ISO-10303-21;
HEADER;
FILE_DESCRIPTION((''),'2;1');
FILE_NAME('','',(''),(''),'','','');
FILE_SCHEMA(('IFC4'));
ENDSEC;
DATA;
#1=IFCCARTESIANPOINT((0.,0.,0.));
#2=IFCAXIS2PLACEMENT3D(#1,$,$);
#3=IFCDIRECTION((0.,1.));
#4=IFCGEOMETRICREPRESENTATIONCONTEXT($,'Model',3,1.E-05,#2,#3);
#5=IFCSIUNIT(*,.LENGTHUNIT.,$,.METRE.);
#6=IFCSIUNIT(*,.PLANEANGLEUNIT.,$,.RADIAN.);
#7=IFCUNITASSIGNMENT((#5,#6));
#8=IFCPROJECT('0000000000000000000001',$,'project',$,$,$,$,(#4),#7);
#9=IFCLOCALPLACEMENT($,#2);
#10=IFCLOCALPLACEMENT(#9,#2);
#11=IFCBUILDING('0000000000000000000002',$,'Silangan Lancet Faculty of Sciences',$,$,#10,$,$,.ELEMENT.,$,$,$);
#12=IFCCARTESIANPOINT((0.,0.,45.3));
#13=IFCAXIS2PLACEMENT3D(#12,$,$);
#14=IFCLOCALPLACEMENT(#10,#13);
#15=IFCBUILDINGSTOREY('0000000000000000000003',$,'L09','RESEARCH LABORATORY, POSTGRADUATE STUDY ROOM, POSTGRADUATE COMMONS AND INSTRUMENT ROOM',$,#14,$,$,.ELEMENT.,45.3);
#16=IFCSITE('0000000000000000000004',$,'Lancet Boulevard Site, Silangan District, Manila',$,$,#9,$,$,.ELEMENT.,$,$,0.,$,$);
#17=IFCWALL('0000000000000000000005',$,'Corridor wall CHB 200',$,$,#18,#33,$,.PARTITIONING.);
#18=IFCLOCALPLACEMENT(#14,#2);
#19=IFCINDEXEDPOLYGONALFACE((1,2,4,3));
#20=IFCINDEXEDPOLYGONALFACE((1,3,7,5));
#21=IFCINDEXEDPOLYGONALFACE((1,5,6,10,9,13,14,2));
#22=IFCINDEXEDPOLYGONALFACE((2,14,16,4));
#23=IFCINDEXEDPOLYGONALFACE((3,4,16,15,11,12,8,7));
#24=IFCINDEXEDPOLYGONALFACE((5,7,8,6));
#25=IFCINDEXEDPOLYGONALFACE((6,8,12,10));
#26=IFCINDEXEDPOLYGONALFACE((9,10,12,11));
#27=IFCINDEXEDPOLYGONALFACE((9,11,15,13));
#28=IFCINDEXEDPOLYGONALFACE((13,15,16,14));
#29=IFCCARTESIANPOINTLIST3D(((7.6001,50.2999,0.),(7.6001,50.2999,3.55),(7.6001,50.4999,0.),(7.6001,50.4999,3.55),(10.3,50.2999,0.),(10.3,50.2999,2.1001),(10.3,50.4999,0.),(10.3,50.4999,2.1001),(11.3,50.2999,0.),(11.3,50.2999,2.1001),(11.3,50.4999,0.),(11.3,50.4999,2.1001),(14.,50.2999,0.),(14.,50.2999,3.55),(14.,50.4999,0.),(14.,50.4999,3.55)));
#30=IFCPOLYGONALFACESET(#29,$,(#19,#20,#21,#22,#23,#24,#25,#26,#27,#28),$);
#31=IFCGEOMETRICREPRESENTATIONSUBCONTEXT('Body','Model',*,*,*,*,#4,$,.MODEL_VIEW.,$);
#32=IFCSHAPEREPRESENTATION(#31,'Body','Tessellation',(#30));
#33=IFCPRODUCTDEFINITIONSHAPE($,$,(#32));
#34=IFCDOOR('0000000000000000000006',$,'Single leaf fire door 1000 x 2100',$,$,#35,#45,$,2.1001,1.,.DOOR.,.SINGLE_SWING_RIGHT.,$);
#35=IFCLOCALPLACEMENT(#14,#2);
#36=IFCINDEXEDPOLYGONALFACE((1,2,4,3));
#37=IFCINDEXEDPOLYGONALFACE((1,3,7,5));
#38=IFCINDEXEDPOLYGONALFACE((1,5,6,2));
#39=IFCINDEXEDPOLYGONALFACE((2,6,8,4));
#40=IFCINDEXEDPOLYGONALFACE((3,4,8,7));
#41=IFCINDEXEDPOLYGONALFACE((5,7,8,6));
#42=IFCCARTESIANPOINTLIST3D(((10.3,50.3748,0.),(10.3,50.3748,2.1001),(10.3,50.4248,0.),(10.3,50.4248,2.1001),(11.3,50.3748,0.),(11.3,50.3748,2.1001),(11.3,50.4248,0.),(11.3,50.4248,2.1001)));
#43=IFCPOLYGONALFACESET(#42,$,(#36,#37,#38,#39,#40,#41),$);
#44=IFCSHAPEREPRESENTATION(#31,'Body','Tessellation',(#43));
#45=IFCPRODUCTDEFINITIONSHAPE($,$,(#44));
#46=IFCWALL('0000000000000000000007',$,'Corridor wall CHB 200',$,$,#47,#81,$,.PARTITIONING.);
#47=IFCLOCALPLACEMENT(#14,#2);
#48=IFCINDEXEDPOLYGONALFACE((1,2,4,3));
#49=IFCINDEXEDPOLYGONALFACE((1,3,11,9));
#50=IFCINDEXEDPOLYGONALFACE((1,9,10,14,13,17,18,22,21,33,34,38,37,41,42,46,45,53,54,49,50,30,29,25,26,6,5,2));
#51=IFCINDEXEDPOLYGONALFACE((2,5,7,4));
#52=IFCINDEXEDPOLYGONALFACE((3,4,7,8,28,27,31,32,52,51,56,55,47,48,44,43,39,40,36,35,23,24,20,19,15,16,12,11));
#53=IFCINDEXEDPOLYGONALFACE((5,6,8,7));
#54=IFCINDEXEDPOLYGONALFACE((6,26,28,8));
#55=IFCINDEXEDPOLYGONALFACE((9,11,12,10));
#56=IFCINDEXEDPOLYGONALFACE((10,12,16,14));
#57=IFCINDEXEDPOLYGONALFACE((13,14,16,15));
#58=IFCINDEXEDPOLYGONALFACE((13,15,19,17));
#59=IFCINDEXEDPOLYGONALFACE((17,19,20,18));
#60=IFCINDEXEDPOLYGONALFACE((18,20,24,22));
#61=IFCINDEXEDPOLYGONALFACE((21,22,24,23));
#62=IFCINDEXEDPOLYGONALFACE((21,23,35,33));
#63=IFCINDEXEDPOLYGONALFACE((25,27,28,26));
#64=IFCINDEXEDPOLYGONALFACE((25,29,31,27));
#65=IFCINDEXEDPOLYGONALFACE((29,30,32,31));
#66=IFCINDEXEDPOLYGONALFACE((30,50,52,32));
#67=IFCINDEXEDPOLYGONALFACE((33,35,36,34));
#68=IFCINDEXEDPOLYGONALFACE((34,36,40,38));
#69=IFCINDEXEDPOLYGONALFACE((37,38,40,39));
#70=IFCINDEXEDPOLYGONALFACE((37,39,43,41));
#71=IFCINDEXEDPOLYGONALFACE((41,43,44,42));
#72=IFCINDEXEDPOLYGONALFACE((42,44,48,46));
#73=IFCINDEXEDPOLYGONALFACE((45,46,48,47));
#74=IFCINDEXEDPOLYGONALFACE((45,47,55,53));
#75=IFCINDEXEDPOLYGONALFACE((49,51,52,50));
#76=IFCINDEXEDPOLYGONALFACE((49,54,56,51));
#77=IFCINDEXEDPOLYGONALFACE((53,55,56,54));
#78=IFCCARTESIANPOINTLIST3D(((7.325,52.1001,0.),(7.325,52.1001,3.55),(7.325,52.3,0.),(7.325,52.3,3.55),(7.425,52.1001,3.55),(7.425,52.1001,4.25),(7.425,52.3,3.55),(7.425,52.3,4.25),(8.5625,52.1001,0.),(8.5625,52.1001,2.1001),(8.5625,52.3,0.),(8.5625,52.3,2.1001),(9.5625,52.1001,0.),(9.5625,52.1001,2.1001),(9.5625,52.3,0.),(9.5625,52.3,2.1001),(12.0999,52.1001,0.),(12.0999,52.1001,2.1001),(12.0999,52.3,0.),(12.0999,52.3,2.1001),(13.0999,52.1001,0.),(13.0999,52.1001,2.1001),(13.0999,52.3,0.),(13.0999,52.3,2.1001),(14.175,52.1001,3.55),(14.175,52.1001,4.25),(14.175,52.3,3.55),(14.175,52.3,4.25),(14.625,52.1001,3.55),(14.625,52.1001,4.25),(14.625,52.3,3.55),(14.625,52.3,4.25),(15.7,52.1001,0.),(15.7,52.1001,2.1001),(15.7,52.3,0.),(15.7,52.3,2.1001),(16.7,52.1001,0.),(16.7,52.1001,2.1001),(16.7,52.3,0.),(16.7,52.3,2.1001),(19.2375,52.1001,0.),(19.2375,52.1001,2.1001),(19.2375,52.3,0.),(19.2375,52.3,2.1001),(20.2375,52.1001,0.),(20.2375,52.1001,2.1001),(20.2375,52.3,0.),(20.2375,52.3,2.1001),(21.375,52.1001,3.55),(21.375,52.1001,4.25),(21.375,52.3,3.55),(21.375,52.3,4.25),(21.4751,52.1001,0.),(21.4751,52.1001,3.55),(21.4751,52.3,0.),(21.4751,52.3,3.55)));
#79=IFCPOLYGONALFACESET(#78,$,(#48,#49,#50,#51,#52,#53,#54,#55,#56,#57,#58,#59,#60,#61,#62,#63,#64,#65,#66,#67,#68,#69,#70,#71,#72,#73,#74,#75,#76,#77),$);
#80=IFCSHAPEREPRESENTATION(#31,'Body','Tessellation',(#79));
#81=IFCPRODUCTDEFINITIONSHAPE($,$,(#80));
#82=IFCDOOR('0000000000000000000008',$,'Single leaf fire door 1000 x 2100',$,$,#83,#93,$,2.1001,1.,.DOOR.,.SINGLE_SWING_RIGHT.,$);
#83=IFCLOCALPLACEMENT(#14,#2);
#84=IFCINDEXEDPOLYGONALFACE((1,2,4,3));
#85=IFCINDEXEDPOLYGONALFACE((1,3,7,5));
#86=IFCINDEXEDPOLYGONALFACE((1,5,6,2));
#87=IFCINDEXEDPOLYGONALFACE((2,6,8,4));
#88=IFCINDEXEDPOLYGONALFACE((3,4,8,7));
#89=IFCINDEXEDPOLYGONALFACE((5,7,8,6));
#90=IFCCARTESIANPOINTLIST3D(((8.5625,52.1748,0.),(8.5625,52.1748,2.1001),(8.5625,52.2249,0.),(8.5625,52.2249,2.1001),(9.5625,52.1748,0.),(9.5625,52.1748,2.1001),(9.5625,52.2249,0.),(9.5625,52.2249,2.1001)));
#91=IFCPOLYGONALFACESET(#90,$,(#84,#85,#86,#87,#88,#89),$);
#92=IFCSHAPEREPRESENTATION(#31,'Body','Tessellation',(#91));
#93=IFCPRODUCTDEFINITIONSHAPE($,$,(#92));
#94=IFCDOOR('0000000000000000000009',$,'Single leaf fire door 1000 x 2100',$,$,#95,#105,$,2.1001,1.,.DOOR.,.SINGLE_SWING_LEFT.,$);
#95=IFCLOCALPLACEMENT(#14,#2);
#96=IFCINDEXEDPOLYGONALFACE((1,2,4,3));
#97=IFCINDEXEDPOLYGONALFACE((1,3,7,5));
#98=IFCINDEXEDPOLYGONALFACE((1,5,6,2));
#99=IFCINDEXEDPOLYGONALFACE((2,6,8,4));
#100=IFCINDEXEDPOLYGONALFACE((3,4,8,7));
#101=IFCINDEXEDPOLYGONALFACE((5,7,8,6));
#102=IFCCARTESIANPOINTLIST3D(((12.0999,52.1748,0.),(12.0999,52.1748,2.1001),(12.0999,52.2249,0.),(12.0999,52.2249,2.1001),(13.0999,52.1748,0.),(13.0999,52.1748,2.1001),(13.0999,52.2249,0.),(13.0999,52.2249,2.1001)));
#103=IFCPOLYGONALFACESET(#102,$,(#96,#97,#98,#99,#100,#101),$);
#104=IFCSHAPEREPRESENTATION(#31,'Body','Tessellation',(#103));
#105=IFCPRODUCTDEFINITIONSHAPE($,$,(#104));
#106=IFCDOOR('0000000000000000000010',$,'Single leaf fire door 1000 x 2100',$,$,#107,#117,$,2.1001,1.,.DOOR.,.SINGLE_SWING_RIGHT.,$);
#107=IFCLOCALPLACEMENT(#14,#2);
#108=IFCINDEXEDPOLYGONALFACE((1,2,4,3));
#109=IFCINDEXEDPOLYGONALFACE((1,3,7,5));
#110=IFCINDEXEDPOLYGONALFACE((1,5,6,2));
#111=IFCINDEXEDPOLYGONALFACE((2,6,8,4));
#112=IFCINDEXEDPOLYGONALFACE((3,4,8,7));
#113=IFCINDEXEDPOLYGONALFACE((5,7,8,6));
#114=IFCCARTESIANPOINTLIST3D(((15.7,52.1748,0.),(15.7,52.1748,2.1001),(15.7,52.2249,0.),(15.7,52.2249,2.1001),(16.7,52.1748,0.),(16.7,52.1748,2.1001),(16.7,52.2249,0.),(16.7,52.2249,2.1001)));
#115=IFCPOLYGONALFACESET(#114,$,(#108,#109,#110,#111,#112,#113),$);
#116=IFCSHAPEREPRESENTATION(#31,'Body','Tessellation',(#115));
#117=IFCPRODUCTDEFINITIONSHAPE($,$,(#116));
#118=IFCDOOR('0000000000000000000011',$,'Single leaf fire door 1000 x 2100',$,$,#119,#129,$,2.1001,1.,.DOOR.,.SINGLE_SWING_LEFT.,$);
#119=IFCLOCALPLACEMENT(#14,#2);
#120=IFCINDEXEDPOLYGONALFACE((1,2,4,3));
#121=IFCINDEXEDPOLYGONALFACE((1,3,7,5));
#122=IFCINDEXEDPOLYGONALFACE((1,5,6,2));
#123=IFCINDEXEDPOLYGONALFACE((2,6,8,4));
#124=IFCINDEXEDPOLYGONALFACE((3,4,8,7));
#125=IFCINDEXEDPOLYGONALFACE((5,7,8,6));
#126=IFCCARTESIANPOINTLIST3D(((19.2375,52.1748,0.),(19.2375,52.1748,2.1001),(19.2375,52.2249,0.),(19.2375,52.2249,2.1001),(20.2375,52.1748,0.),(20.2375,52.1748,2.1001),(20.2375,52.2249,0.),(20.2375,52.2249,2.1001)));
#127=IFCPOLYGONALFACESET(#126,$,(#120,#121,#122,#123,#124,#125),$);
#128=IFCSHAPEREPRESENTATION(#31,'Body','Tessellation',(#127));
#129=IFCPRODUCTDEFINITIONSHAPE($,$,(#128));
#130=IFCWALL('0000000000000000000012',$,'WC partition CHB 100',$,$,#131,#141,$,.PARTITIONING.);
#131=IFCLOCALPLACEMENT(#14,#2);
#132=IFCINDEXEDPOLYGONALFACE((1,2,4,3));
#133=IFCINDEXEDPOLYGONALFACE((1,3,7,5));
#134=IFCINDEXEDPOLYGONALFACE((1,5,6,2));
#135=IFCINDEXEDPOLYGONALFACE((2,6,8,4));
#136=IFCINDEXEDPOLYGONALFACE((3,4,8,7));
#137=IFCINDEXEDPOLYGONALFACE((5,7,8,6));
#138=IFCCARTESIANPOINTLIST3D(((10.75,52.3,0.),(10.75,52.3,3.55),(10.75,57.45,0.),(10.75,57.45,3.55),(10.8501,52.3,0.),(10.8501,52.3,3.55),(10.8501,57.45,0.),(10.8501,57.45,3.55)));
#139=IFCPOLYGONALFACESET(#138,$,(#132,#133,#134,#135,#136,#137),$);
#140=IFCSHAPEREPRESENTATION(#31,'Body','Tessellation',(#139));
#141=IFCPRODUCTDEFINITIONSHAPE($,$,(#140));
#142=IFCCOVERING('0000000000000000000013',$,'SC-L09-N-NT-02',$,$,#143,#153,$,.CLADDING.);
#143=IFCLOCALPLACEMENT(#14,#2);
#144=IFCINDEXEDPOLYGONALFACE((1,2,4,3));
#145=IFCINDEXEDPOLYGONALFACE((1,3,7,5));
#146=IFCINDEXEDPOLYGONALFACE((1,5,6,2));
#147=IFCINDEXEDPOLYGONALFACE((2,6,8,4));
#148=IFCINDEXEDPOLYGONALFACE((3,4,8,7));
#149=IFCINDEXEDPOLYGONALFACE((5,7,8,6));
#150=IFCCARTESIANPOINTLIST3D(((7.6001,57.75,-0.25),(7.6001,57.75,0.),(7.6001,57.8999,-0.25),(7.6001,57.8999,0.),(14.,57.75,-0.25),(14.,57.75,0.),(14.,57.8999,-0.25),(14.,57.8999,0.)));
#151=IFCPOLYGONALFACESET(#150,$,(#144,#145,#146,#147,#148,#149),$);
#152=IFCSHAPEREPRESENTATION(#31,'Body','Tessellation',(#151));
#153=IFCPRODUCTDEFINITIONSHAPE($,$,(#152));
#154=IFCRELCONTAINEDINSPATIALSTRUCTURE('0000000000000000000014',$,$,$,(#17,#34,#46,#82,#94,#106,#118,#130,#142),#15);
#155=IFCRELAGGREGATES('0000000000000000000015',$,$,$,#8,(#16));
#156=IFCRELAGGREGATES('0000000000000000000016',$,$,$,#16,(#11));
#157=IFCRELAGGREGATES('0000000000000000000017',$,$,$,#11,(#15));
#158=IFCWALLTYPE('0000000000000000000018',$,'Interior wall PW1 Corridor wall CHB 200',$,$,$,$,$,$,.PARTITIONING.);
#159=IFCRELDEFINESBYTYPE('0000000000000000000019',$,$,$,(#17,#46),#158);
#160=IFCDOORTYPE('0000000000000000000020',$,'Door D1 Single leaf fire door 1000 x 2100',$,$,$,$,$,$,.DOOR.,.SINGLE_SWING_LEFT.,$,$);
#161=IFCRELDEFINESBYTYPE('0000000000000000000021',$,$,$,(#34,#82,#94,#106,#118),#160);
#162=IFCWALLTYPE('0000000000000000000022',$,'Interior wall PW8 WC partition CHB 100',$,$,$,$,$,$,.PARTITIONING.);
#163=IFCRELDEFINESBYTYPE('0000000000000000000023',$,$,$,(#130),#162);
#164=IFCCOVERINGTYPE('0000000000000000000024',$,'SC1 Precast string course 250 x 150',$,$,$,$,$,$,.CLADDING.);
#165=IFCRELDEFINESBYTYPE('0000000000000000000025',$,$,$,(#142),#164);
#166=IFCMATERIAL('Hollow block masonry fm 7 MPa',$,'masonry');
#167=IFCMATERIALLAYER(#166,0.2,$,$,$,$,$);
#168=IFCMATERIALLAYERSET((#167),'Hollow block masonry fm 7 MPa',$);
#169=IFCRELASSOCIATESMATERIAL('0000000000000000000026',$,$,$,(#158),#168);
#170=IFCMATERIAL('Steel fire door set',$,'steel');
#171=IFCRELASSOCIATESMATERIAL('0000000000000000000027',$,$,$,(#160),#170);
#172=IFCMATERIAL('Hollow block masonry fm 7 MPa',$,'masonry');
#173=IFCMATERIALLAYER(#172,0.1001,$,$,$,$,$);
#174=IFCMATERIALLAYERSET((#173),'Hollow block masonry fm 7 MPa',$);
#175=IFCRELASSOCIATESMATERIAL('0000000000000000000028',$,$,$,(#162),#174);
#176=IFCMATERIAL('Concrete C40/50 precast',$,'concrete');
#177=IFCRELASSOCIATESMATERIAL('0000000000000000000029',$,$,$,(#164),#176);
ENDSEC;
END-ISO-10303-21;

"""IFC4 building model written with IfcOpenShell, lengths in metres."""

from ifc_helpers import new_model, si_unit, direction, frame, frame_2d, origin, origin_2d, place, context, subcontext, project, spatial, polyline, rectangle, outline, extrude, material, layer, layer_set, type_object, element, fill, save


model = new_model("IFC4")

# Units and contexts
model_context = context("Model", 3, precision=1e-05, world=origin(), true_north=direction((0.0, 1.0)))
body_context = subcontext(model_context, "Body", "Model", "MODEL_VIEW")
ifc_project = project(units=[si_unit("LENGTHUNIT", "METRE"), si_unit("PLANEANGLEUNIT", "RADIAN")], contexts=[model_context])

# Site, building, storey
site_placement = place(None, origin())
site = spatial("IfcSite", under=ifc_project, at=site_placement, Name="Lancet Boulevard Site, Silangan District, Manila", CompositionType="ELEMENT", RefElevation=0.0)
building_placement = place(site_placement, origin())
building = spatial("IfcBuilding", under=site, at=building_placement, Name="Silangan Lancet Faculty of Sciences", CompositionType="ELEMENT")
storey_placement = place(building_placement, frame((0.0, 0.0, 45.3)))
storey = spatial("IfcBuildingStorey", under=building, at=storey_placement, Name="L09", Description="RESEARCH LABORATORY, POSTGRADUATE STUDY ROOM, POSTGRADUATE COMMONS AND INSTRUMENT ROOM", CompositionType="ELEMENT", Elevation=45.3)

# Wall, opening, door
ifc_material_1 = material(Name="Hollow block masonry fm 7 MPa", Category="masonry")
ifc_layer_1 = layer(ifc_material_1, 0.2)
ifc_layer_set_1 = layer_set([ifc_layer_1], Name="Hollow block masonry fm 7 MPa")
wall_type_1 = type_object("IfcWallType", Name="Interior wall PW1 Corridor wall CHB 200", PredefinedType="PARTITIONING", material=ifc_layer_set_1)
wall_1_placement = place(storey_placement, frame((7.6001, 50.3999, 0.0), z_axis=(0.0, 0.0, 1.0), x_axis=(1.0, 0.0, 0.0)))
wall_1 = element("IfcWall", 1, at=wall_1_placement, inside=storey, type_object=wall_type_1, Name="Corridor wall CHB 200", PredefinedType="PARTITIONING", context=body_context, shape_type="SweptSolid", body=[
    extrude(rectangle(XDim=6.3999, YDim=0.2, at=frame_2d((3.2, 0.0))), origin(), (0.0, 0.0, 1.0), 3.55),
])
opening_1_placement = place(wall_1_placement, frame((2.7, 0.0, 0.0)))
opening_1 = element("IfcOpeningElement", 2, at=opening_1_placement, cuts=wall_1, PredefinedType="OPENING", context=body_context, shape_type="SweptSolid", body=[
    extrude(rectangle(XDim=1.0, YDim=2.1001, at=frame_2d((0.5, 1.05))), frame((0.0, 0.1099, 0.0), z_axis=(0.0, -1.0, 0.0), x_axis=(1.0, 0.0, 0.0)), (0.0, 0.0, 1.0), 0.22),
])
ifc_material_2 = material(Name="Steel fire door set", Category="steel")
door_type = type_object("IfcDoorType", Name="Door D1 Single leaf fire door 1000 x 2100", OperationType="SINGLE_SWING_LEFT", PredefinedType="DOOR", material=ifc_material_2)
door_1_placement = place(opening_1_placement, origin())
door_1 = element("IfcDoor", 3, at=door_1_placement, inside=storey, type_object=door_type, Name="Single leaf fire door 1000 x 2100", OperationType="SINGLE_SWING_RIGHT", OverallHeight=2.1001, OverallWidth=1.0, PredefinedType="DOOR", context=body_context, shape_type="SweptSolid", body=[
    extrude(rectangle(XDim=1.0, YDim=2.1001, at=frame_2d((0.5, 1.05))), frame((0.0, 0.0249, 0.0), z_axis=(0.0, -1.0, 0.0), x_axis=(1.0, 0.0, 0.0)), (0.0, 0.0, 1.0), 0.05),
])
fill(opening_1, door_1)

# Wall, openings, doors
wall_2_placement = place(storey_placement, frame((7.325, 52.2, 0.0), z_axis=(0.0, 0.0, 1.0), x_axis=(1.0, 0.0, 0.0)))
wall_2 = element("IfcWall", 4, at=wall_2_placement, inside=storey, type_object=wall_type_1, Name="Corridor wall CHB 200", PredefinedType="PARTITIONING", context=body_context, shape_type="SweptSolid", body=[
    extrude(outline(polyline([(0.0, 0.0), (14.1501, 0.0), (14.1501, 3.55), (14.05, 3.55), (14.05, 4.25), (7.3, 4.25), (7.3, 3.55), (6.8501, 3.55), (6.8501, 4.25), (0.1001, 4.25), (0.1001, 3.55), (0.0, 3.55), (0.0, 0.0)])), frame((0.0, 0.1001, 0.0), z_axis=(0.0, -1.0, 0.0), x_axis=(1.0, 0.0, 0.0)), (0.0, 0.0, 1.0), 0.2),
])
opening_2_placement = place(wall_2_placement, frame((1.2375, 0.0, 0.0)))
opening_2 = element("IfcOpeningElement", 5, at=opening_2_placement, cuts=wall_2, PredefinedType="OPENING", context=body_context, shape_type="SweptSolid", body=[
    extrude(rectangle(XDim=1.0, YDim=2.1001, at=frame_2d((0.5, 1.05))), frame((0.0, 0.1099, 0.0), z_axis=(0.0, -1.0, 0.0), x_axis=(1.0, 0.0, 0.0)), (0.0, 0.0, 1.0), 0.22),
])
opening_3_placement = place(wall_2_placement, frame((4.7749, 0.0, 0.0)))
opening_3 = element("IfcOpeningElement", 6, at=opening_3_placement, cuts=wall_2, PredefinedType="OPENING", context=body_context, shape_type="SweptSolid", body=[
    extrude(rectangle(XDim=1.0, YDim=2.1001, at=frame_2d((0.5, 1.05))), frame((0.0, 0.1099, 0.0), z_axis=(0.0, -1.0, 0.0), x_axis=(1.0, 0.0, 0.0)), (0.0, 0.0, 1.0), 0.22),
])
opening_4_placement = place(wall_2_placement, frame((8.375, 0.0, 0.0)))
opening_4 = element("IfcOpeningElement", 7, at=opening_4_placement, cuts=wall_2, PredefinedType="OPENING", context=body_context, shape_type="SweptSolid", body=[
    extrude(rectangle(XDim=1.0, YDim=2.1001, at=frame_2d((0.5, 1.05))), frame((0.0, 0.1099, 0.0), z_axis=(0.0, -1.0, 0.0), x_axis=(1.0, 0.0, 0.0)), (0.0, 0.0, 1.0), 0.22),
])
opening_5_placement = place(wall_2_placement, frame((11.9126, 0.0, 0.0)))
opening_5 = element("IfcOpeningElement", 8, at=opening_5_placement, cuts=wall_2, PredefinedType="OPENING", context=body_context, shape_type="SweptSolid", body=[
    extrude(rectangle(XDim=1.0, YDim=2.1001, at=frame_2d((0.5, 1.05))), frame((0.0, 0.1099, 0.0), z_axis=(0.0, -1.0, 0.0), x_axis=(1.0, 0.0, 0.0)), (0.0, 0.0, 1.0), 0.22),
])
door_2_placement = place(opening_2_placement, origin())
door_2 = element("IfcDoor", 9, at=door_2_placement, inside=storey, type_object=door_type, Name="Single leaf fire door 1000 x 2100", OperationType="SINGLE_SWING_RIGHT", OverallHeight=2.1001, OverallWidth=1.0, PredefinedType="DOOR", context=body_context, shape_type="SweptSolid", body=[
    extrude(rectangle(XDim=1.0, YDim=2.1001, at=frame_2d((0.5, 1.05))), frame((0.0, 0.0249, 0.0), z_axis=(0.0, -1.0, 0.0), x_axis=(1.0, 0.0, 0.0)), (0.0, 0.0, 1.0), 0.05),
])
fill(opening_2, door_2)
door_3_placement = place(opening_3_placement, origin())
door_3 = element("IfcDoor", 10, at=door_3_placement, inside=storey, type_object=door_type, Name="Single leaf fire door 1000 x 2100", OperationType="SINGLE_SWING_LEFT", OverallHeight=2.1001, OverallWidth=1.0, PredefinedType="DOOR", context=body_context, shape_type="SweptSolid", body=[
    extrude(rectangle(XDim=1.0, YDim=2.1001, at=frame_2d((0.5, 1.05))), frame((0.0, 0.0249, 0.0), z_axis=(0.0, -1.0, 0.0), x_axis=(1.0, 0.0, 0.0)), (0.0, 0.0, 1.0), 0.05),
])
fill(opening_3, door_3)
door_4_placement = place(opening_4_placement, origin())
door_4 = element("IfcDoor", 11, at=door_4_placement, inside=storey, type_object=door_type, Name="Single leaf fire door 1000 x 2100", OperationType="SINGLE_SWING_RIGHT", OverallHeight=2.1001, OverallWidth=1.0, PredefinedType="DOOR", context=body_context, shape_type="SweptSolid", body=[
    extrude(rectangle(XDim=1.0, YDim=2.1001, at=frame_2d((0.5, 1.05))), frame((0.0, 0.0249, 0.0), z_axis=(0.0, -1.0, 0.0), x_axis=(1.0, 0.0, 0.0)), (0.0, 0.0, 1.0), 0.05),
])
fill(opening_4, door_4)
door_5_placement = place(opening_5_placement, origin())
door_5 = element("IfcDoor", 12, at=door_5_placement, inside=storey, type_object=door_type, Name="Single leaf fire door 1000 x 2100", OperationType="SINGLE_SWING_LEFT", OverallHeight=2.1001, OverallWidth=1.0, PredefinedType="DOOR", context=body_context, shape_type="SweptSolid", body=[
    extrude(rectangle(XDim=1.0, YDim=2.1001, at=frame_2d((0.5, 1.05))), frame((0.0, 0.0249, 0.0), z_axis=(0.0, -1.0, 0.0), x_axis=(1.0, 0.0, 0.0)), (0.0, 0.0, 1.0), 0.05),
])
fill(opening_5, door_5)

# Wall
ifc_material_3 = material(Name="Hollow block masonry fm 7 MPa", Category="masonry")
ifc_layer_2 = layer(ifc_material_3, 0.1001)
ifc_layer_set_2 = layer_set([ifc_layer_2], Name="Hollow block masonry fm 7 MPa")
wall_type_2 = type_object("IfcWallType", Name="Interior wall PW8 WC partition CHB 100", PredefinedType="PARTITIONING", material=ifc_layer_set_2)
wall_3_placement = place(storey_placement, frame((10.8, 52.3, 0.0), z_axis=(0.0, 0.0, 1.0), x_axis=(0.0, 1.0, 0.0)))
element("IfcWall", 13, at=wall_3_placement, inside=storey, type_object=wall_type_2, Name="WC partition CHB 100", PredefinedType="PARTITIONING", context=body_context, shape_type="SweptSolid", body=[
    extrude(rectangle(XDim=5.1499, YDim=0.1001, at=frame_2d((2.575, 0.0))), origin(), (0.0, 0.0, 1.0), 3.55),
])

# Covering
ifc_material_4 = material(Name="Concrete C40/50 precast", Category="concrete")
covering_type = type_object("IfcCoveringType", Name="SC1 Precast string course 250 x 150", PredefinedType="CLADDING", material=ifc_material_4)
covering_placement = place(storey_placement, frame((10.8, 57.825, -0.25), z_axis=(0.0, 0.0, 1.0), x_axis=(1.0, 0.0, 0.0)))
element("IfcCovering", 14, at=covering_placement, inside=storey, type_object=covering_type, Name="SC-L09-N-NT-02", PredefinedType="CLADDING", context=body_context, shape_type="SweptSolid", body=[
    extrude(rectangle(XDim=6.3999, YDim=0.1499, at=origin_2d()), origin(), (0.0, 0.0, 1.0), 0.25),
])

save(model, "model.ifc")
